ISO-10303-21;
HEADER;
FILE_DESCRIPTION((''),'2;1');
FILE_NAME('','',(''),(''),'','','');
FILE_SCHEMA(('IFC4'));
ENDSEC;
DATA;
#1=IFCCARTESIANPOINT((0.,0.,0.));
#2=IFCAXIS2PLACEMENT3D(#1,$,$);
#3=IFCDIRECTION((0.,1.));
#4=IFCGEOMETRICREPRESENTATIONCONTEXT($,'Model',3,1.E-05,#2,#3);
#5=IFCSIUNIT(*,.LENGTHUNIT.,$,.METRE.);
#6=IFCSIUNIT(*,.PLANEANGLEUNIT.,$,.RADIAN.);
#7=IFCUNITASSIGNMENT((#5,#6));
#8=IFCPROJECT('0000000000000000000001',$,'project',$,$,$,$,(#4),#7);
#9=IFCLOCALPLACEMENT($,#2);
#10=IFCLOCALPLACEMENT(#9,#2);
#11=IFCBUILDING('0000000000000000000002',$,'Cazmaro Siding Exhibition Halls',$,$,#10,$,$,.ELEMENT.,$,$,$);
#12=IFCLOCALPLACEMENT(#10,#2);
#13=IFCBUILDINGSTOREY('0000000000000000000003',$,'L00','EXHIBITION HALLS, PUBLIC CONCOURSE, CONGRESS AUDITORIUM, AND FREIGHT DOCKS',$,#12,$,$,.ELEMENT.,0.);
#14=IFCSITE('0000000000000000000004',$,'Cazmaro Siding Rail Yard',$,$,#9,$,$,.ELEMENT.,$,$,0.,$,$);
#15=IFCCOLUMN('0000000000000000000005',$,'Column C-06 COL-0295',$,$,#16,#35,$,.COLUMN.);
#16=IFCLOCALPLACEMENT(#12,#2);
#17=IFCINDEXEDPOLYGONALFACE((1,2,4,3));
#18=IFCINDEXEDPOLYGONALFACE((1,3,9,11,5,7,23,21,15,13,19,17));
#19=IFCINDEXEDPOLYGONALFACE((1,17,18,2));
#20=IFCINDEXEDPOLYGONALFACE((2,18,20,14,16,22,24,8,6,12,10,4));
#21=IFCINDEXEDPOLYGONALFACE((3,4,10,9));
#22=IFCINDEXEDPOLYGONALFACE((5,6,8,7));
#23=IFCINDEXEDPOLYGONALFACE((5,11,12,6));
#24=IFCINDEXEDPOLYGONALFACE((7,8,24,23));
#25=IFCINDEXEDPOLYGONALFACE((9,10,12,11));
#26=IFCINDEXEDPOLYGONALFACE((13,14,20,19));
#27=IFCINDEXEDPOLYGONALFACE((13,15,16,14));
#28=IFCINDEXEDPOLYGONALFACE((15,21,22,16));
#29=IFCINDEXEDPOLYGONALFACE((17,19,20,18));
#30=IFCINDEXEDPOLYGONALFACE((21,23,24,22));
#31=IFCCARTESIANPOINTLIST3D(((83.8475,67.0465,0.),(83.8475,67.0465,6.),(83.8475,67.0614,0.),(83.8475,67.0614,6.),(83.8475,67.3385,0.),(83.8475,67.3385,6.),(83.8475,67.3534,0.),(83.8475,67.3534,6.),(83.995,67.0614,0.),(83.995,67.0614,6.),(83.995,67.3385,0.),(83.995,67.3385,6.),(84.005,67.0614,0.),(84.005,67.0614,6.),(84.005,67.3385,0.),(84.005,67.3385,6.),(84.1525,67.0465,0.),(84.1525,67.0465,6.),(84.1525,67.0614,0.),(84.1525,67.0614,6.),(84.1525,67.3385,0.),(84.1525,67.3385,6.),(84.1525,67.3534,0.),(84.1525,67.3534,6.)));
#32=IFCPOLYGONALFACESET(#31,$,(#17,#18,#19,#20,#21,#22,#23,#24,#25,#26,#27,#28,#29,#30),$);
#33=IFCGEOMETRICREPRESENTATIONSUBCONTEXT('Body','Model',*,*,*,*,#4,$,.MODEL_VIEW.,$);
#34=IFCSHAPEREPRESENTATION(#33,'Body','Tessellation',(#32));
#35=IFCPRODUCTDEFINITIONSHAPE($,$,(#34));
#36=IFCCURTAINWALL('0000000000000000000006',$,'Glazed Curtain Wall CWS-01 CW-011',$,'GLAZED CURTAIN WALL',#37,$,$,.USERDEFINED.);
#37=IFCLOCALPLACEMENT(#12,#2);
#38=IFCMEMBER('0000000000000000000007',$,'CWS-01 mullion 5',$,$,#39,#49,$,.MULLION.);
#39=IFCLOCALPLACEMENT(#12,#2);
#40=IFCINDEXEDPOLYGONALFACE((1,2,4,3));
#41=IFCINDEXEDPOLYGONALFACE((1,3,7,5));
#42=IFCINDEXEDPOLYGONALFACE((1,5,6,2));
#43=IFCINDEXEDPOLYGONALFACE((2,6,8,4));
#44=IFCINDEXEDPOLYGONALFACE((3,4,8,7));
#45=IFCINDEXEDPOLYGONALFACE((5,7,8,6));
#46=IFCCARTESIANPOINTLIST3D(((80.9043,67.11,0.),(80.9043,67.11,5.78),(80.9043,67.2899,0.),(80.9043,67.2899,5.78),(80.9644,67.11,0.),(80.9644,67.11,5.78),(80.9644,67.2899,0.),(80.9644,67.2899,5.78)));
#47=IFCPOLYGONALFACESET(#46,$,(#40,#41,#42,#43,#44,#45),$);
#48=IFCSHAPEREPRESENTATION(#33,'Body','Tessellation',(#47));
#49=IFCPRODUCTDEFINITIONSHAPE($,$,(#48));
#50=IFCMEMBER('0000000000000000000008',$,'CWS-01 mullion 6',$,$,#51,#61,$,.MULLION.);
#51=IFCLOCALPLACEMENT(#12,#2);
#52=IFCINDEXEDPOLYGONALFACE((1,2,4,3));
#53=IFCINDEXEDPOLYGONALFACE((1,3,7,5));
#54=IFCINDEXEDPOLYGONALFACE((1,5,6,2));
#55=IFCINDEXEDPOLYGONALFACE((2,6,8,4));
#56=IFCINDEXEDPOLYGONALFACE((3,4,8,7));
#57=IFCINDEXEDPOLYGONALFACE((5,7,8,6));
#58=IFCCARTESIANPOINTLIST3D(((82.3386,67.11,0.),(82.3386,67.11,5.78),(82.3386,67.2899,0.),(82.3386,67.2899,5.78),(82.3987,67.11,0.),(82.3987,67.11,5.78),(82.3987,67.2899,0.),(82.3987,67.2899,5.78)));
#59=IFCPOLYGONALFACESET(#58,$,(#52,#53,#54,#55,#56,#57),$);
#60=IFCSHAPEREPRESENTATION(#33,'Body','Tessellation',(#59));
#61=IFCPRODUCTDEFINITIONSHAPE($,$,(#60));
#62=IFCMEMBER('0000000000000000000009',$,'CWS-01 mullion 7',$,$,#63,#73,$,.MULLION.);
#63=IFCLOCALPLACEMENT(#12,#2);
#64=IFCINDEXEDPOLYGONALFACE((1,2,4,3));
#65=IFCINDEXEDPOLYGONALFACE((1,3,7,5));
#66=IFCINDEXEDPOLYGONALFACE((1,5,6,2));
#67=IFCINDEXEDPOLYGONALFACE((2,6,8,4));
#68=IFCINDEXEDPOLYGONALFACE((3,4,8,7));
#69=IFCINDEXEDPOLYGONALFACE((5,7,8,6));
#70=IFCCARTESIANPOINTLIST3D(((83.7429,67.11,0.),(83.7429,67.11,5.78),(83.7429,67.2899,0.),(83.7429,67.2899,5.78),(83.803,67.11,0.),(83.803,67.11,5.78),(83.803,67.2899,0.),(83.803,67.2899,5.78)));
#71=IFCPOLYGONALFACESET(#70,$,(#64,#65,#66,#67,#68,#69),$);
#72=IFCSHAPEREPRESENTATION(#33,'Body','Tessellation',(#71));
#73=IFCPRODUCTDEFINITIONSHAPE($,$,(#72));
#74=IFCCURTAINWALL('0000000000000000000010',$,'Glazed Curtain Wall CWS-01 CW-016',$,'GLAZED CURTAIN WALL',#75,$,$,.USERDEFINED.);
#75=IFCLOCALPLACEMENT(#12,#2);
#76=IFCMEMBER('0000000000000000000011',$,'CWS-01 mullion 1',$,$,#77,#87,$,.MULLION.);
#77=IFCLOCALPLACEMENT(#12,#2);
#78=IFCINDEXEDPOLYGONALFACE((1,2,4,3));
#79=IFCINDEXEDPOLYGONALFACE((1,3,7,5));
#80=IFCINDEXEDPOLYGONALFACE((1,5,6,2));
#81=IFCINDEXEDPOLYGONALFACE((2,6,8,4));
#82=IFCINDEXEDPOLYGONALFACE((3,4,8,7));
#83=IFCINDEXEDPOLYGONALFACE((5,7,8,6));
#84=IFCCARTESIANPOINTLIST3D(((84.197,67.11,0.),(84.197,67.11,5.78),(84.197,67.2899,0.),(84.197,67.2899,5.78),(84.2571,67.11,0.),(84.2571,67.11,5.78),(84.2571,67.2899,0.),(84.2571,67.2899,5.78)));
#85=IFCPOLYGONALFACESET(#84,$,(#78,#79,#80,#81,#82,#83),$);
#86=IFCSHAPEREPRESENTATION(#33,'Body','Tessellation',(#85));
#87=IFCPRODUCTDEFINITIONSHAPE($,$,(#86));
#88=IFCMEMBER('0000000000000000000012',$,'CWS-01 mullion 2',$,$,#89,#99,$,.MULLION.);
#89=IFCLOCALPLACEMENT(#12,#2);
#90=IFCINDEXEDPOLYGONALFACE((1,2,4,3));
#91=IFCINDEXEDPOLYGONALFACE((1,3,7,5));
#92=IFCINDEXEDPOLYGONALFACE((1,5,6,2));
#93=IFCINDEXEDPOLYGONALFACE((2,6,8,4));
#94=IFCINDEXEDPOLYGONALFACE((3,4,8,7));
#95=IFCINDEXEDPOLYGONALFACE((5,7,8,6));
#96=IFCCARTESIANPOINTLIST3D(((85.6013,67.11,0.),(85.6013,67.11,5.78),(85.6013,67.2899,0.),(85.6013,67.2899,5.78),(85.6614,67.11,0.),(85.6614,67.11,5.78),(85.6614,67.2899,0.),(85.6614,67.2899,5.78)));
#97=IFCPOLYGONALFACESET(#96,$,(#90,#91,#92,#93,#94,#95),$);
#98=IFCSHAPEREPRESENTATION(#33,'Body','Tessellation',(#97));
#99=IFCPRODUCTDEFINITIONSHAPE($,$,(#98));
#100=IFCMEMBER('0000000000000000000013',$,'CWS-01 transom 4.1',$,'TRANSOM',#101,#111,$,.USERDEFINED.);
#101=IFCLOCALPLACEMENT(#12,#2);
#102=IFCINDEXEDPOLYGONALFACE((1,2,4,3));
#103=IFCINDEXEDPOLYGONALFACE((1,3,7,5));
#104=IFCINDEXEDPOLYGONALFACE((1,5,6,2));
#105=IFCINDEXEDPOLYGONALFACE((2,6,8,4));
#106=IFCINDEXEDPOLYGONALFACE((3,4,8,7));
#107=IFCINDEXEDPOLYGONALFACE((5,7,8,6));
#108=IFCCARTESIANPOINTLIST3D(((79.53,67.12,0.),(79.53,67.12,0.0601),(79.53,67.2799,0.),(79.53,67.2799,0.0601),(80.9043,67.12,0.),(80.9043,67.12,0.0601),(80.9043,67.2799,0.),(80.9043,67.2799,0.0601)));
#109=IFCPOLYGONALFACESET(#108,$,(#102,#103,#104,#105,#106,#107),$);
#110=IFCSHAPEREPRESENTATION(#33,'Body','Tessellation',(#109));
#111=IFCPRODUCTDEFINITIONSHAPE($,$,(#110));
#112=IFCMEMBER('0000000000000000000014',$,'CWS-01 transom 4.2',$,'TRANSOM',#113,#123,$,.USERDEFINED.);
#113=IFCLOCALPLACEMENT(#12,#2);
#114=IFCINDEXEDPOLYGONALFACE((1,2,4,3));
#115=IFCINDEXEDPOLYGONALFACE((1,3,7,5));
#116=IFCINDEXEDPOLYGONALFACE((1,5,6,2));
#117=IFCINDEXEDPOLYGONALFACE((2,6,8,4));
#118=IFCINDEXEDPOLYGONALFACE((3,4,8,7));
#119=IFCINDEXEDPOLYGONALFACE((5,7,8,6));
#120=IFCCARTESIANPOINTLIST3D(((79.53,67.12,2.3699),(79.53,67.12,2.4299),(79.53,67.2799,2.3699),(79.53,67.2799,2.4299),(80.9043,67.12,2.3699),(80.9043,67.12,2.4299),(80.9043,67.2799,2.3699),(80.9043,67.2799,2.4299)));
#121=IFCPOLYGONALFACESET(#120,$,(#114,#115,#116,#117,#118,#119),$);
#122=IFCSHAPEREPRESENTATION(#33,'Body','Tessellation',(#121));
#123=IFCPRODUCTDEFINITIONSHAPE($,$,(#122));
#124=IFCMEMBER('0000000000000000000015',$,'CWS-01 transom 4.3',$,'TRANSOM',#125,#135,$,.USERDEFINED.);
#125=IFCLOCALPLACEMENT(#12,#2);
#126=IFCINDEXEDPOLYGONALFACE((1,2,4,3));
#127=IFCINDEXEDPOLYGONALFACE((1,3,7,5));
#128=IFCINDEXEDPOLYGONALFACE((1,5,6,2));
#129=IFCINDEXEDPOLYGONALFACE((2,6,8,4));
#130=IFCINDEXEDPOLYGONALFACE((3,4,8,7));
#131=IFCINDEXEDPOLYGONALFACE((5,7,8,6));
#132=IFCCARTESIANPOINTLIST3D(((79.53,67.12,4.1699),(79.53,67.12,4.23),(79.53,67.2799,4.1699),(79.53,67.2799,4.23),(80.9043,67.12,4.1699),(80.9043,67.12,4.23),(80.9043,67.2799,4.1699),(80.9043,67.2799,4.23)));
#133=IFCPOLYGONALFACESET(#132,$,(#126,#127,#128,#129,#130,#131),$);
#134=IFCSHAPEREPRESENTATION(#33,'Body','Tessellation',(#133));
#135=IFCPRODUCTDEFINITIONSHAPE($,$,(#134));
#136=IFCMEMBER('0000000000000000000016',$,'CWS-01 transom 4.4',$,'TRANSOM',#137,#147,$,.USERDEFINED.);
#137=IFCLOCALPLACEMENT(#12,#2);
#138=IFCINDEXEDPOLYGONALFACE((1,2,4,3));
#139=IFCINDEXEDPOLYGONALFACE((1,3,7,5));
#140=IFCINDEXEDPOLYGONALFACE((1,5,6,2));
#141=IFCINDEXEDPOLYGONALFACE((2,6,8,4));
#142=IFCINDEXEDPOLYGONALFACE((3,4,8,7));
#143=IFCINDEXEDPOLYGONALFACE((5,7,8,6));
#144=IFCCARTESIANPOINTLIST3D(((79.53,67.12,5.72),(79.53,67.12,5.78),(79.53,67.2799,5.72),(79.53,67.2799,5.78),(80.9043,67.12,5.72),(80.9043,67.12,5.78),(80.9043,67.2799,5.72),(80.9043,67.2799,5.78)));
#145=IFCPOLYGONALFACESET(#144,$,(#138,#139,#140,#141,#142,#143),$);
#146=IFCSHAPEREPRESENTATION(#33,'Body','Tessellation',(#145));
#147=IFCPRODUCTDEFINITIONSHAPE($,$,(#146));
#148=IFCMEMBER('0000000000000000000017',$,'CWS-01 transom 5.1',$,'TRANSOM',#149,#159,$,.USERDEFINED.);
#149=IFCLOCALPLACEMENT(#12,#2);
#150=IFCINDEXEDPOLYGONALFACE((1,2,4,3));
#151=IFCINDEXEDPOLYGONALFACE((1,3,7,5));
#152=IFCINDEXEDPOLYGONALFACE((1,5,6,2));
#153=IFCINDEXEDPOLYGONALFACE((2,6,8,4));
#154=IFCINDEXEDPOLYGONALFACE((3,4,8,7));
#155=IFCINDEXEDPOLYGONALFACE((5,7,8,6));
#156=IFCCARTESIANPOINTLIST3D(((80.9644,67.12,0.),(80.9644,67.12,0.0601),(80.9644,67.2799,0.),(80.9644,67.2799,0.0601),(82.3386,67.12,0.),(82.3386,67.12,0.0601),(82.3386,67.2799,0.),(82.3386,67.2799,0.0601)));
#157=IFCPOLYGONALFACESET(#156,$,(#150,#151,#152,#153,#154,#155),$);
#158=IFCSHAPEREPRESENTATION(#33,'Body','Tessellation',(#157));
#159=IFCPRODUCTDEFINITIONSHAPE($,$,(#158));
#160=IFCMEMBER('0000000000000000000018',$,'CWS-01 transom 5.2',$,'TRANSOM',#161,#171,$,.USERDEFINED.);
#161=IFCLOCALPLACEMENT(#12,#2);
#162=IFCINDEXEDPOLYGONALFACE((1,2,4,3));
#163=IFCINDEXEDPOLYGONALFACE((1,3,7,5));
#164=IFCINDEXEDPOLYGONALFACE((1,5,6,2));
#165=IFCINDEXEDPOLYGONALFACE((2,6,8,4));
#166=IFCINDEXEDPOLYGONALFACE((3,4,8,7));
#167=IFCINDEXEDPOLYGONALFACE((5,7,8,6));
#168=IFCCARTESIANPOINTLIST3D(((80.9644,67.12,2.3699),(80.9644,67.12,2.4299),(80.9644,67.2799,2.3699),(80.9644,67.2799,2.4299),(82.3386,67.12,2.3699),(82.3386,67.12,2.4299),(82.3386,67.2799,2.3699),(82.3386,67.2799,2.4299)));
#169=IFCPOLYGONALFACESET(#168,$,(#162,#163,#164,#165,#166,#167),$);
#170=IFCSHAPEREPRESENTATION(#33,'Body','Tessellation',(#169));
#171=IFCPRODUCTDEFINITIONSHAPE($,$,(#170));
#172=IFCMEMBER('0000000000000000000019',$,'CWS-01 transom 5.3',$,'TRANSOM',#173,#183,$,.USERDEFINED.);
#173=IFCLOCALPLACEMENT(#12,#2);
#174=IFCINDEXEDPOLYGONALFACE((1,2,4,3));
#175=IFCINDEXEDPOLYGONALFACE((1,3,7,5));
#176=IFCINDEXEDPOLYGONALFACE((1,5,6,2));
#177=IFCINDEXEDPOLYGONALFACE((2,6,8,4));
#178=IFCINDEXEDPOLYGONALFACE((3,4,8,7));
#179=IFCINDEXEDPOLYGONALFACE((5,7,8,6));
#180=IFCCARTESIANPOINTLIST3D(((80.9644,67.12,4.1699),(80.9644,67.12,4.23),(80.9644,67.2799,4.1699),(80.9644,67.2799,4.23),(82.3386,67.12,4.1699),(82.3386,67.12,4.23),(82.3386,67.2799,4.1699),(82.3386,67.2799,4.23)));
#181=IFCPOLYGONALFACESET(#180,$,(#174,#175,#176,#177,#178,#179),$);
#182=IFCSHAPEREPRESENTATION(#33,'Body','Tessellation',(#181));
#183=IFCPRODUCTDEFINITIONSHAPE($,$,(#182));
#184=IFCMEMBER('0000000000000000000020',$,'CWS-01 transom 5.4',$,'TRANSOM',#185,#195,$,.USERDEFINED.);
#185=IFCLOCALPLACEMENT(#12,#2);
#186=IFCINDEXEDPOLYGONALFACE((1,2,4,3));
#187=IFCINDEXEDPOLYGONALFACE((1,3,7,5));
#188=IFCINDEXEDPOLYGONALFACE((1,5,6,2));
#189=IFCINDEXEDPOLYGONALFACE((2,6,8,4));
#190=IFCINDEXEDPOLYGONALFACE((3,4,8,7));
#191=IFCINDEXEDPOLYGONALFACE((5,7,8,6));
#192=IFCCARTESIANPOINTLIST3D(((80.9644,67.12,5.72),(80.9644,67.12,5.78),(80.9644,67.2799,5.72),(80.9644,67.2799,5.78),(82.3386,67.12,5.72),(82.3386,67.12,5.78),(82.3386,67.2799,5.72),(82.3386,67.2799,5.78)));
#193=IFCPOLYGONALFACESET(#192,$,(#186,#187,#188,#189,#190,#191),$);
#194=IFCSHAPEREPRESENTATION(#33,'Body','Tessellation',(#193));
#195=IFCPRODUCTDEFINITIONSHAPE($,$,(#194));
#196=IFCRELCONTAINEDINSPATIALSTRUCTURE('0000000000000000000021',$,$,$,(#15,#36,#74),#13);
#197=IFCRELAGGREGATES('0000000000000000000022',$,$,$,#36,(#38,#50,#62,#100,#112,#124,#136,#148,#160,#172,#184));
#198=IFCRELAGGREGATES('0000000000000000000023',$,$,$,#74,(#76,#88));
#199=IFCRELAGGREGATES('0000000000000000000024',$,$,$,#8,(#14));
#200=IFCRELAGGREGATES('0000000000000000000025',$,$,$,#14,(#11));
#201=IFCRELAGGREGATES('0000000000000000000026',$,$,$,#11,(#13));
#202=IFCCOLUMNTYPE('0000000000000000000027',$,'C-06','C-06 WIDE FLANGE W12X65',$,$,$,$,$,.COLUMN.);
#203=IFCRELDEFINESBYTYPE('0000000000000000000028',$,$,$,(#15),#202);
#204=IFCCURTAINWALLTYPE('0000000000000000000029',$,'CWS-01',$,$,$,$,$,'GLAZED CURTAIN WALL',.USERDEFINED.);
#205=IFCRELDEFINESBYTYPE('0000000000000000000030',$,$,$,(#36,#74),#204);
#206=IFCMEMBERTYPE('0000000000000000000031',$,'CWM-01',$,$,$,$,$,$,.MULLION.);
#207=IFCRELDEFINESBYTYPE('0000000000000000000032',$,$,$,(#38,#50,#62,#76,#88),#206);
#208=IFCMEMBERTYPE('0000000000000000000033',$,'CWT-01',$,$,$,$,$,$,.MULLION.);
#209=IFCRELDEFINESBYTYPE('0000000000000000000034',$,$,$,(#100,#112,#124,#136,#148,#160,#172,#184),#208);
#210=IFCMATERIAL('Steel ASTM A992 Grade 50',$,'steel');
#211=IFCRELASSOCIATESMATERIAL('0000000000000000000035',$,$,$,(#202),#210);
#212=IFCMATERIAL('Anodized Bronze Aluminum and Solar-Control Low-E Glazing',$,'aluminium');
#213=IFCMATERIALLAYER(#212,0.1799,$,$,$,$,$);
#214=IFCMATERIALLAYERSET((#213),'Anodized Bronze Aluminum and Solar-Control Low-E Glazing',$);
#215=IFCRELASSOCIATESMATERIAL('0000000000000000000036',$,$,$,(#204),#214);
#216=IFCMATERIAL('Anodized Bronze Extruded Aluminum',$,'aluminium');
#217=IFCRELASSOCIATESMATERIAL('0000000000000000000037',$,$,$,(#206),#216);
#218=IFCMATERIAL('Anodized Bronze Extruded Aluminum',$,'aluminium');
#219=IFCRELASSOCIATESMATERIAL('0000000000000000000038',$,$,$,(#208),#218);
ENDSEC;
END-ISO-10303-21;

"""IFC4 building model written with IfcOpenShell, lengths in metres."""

from ifc_helpers import new_model, si_unit, direction, frame, origin, origin_2d, place, context, subcontext, project, spatial, rectangle, i_section, extrude, material, layer, layer_set, material_profile, profile_set, type_object, element, aggregate, save


model = new_model("IFC4")

# Units and contexts
model_context = context("Model", 3, precision=1e-05, world=origin(), true_north=direction((0.0, 1.0)))
body_context = subcontext(model_context, "Body", "Model", "MODEL_VIEW")
ifc_project = project(units=[si_unit("LENGTHUNIT", "METRE"), si_unit("PLANEANGLEUNIT", "RADIAN")], contexts=[model_context])

# Site, building, storey
site_placement = place(None, origin())
site = spatial("IfcSite", under=ifc_project, at=site_placement, Name="Cazmaro Siding Rail Yard", CompositionType="ELEMENT", RefElevation=0.0)
building_placement = place(site_placement, origin())
building = spatial("IfcBuilding", under=site, at=building_placement, Name="Cazmaro Siding Exhibition Halls", CompositionType="ELEMENT")
storey_placement = place(building_placement, origin())
storey = spatial("IfcBuildingStorey", under=building, at=storey_placement, Name="L00", Description="EXHIBITION HALLS, PUBLIC CONCOURSE, CONGRESS AUDITORIUM, AND FREIGHT DOCKS", CompositionType="ELEMENT", Elevation=0.0)

# Column
ifc_material_1 = material(Name="Steel ASTM A992 Grade 50", Category="steel")
ifc_material_profile_1 = material_profile(ifc_material_1, i_section(OverallWidth=0.3049, OverallDepth=0.3069, WebThickness=0.01, FlangeThickness=0.0149, at=origin_2d()), Name="W12X65")
ifc_profile_set_1 = profile_set([ifc_material_profile_1], Name="Steel ASTM A992 Grade 50")
column_type = type_object("IfcColumnType", Name="C-06", Description="C-06 WIDE FLANGE W12X65", PredefinedType="COLUMN", material=ifc_profile_set_1)
column_placement = place(storey_placement, frame((84.0, 67.2, 0.0), z_axis=(0.0, 0.0, 1.0), x_axis=(1.0, 0.0, 0.0)))
element("IfcColumn", 1, at=column_placement, inside=storey, type_object=column_type, Name="Column C-06 COL-0295", PredefinedType="COLUMN", context=body_context, shape_type="SweptSolid", body=[
    extrude(i_section(OverallWidth=0.3049, OverallDepth=0.3069, WebThickness=0.01, FlangeThickness=0.0149, at=origin_2d()), origin(), (0.0, 0.0, 1.0), 6.0),
])

# Curtain walls, members
ifc_material_2 = material(Name="Anodized Bronze Aluminum and Solar-Control Low-E Glazing", Category="aluminium")
ifc_layer_1 = layer(ifc_material_2, 0.1799)
ifc_layer_set_1 = layer_set([ifc_layer_1], Name="Anodized Bronze Aluminum and Solar-Control Low-E Glazing")
curtain_wall_type = type_object("IfcCurtainWallType", Name="CWS-01", ElementType="GLAZED CURTAIN WALL", PredefinedType="USERDEFINED", material=ifc_layer_set_1)
curtain_wall_1_placement = place(storey_placement, origin())
curtain_wall_1 = element("IfcCurtainWall", 2, at=curtain_wall_1_placement, inside=storey, type_object=curtain_wall_type, Name="Glazed Curtain Wall CWS-01 CW-011", ObjectType="GLAZED CURTAIN WALL", PredefinedType="USERDEFINED")
ifc_material_3 = material(Name="Anodized Bronze Extruded Aluminum", Category="aluminium")
ifc_material_profile_2 = material_profile(ifc_material_3, rectangle(XDim=0.1799, YDim=0.0601, at=origin_2d()), Name="CWM-01")
ifc_profile_set_2 = profile_set([ifc_material_profile_2], Name="Anodized Bronze Extruded Aluminum")
member_type_1 = type_object("IfcMemberType", Name="CWM-01", PredefinedType="MULLION", material=ifc_profile_set_2)
member_1_placement = place(storey_placement, frame((80.9343, 67.2, 0.0), z_axis=(0.0, 0.0, 1.0), x_axis=(0.0, 1.0, 0.0)))
member_1 = element("IfcMember", 3, at=member_1_placement, type_object=member_type_1, Name="CWS-01 mullion 5", PredefinedType="MULLION", context=body_context, shape_type="SweptSolid", body=[
    extrude(rectangle(XDim=0.1799, YDim=0.0601, at=origin_2d()), origin(), (0.0, 0.0, 1.0), 5.78),
])
member_2_placement = place(storey_placement, frame((82.3687, 67.2, 0.0), z_axis=(0.0, 0.0, 1.0), x_axis=(0.0, 1.0, 0.0)))
member_2 = element("IfcMember", 4, at=member_2_placement, type_object=member_type_1, Name="CWS-01 mullion 6", PredefinedType="MULLION", context=body_context, shape_type="SweptSolid", body=[
    extrude(rectangle(XDim=0.1799, YDim=0.0601, at=origin_2d()), origin(), (0.0, 0.0, 1.0), 5.78),
])
member_3_placement = place(storey_placement, frame((83.7729, 67.2, 0.0), z_axis=(0.0, 0.0, 1.0), x_axis=(0.0, 1.0, 0.0)))
member_3 = element("IfcMember", 5, at=member_3_placement, type_object=member_type_1, Name="CWS-01 mullion 7", PredefinedType="MULLION", context=body_context, shape_type="SweptSolid", body=[
    extrude(rectangle(XDim=0.1799, YDim=0.0601, at=origin_2d()), origin(), (0.0, 0.0, 1.0), 5.78),
])
curtain_wall_2_placement = place(storey_placement, origin())
curtain_wall_2 = element("IfcCurtainWall", 6, at=curtain_wall_2_placement, inside=storey, type_object=curtain_wall_type, Name="Glazed Curtain Wall CWS-01 CW-016", ObjectType="GLAZED CURTAIN WALL", PredefinedType="USERDEFINED")
member_4_placement = place(storey_placement, frame((84.2271, 67.2, 0.0), z_axis=(0.0, 0.0, 1.0), x_axis=(0.0, 1.0, 0.0)))
member_4 = element("IfcMember", 7, at=member_4_placement, type_object=member_type_1, Name="CWS-01 mullion 1", PredefinedType="MULLION", context=body_context, shape_type="SweptSolid", body=[
    extrude(rectangle(XDim=0.1799, YDim=0.0601, at=origin_2d()), origin(), (0.0, 0.0, 1.0), 5.78),
])
member_5_placement = place(storey_placement, frame((85.6313, 67.2, 0.0), z_axis=(0.0, 0.0, 1.0), x_axis=(0.0, 1.0, 0.0)))
member_5 = element("IfcMember", 8, at=member_5_placement, type_object=member_type_1, Name="CWS-01 mullion 2", PredefinedType="MULLION", context=body_context, shape_type="SweptSolid", body=[
    extrude(rectangle(XDim=0.1799, YDim=0.0601, at=origin_2d()), origin(), (0.0, 0.0, 1.0), 5.78),
])

# Members
ifc_material_4 = material(Name="Anodized Bronze Extruded Aluminum", Category="aluminium")
ifc_material_profile_3 = material_profile(ifc_material_4, rectangle(XDim=0.1599, YDim=0.0601, at=origin_2d()), Name="CWT-01")
ifc_profile_set_3 = profile_set([ifc_material_profile_3], Name="Anodized Bronze Extruded Aluminum")
member_type_2 = type_object("IfcMemberType", Name="CWT-01", PredefinedType="MULLION", material=ifc_profile_set_3)
member_6_placement = place(storey_placement, frame((79.53, 67.2, 0.03), z_axis=(1.0, 0.0, 0.0), x_axis=(0.0, 1.0, 0.0)))
member_6 = element("IfcMember", 9, at=member_6_placement, type_object=member_type_2, Name="CWS-01 transom 4.1", ObjectType="TRANSOM", PredefinedType="USERDEFINED", context=body_context, shape_type="SweptSolid", body=[
    extrude(rectangle(XDim=0.1599, YDim=0.0601, at=origin_2d()), origin(), (0.0, 0.0, 1.0), 1.3743),
])
member_7_placement = place(storey_placement, frame((79.53, 67.2, 2.3999), z_axis=(1.0, 0.0, 0.0), x_axis=(0.0, 1.0, 0.0)))
member_7 = element("IfcMember", 10, at=member_7_placement, type_object=member_type_2, Name="CWS-01 transom 4.2", ObjectType="TRANSOM", PredefinedType="USERDEFINED", context=body_context, shape_type="SweptSolid", body=[
    extrude(rectangle(XDim=0.1599, YDim=0.0601, at=origin_2d()), origin(), (0.0, 0.0, 1.0), 1.3743),
])
member_8_placement = place(storey_placement, frame((79.53, 67.2, 4.2), z_axis=(1.0, 0.0, 0.0), x_axis=(0.0, 1.0, 0.0)))
member_8 = element("IfcMember", 11, at=member_8_placement, type_object=member_type_2, Name="CWS-01 transom 4.3", ObjectType="TRANSOM", PredefinedType="USERDEFINED", context=body_context, shape_type="SweptSolid", body=[
    extrude(rectangle(XDim=0.1599, YDim=0.0601, at=origin_2d()), origin(), (0.0, 0.0, 1.0), 1.3743),
])
member_9_placement = place(storey_placement, frame((79.53, 67.2, 5.75), z_axis=(1.0, 0.0, 0.0), x_axis=(0.0, 1.0, 0.0)))
member_9 = element("IfcMember", 12, at=member_9_placement, type_object=member_type_2, Name="CWS-01 transom 4.4", ObjectType="TRANSOM", PredefinedType="USERDEFINED", context=body_context, shape_type="SweptSolid", body=[
    extrude(rectangle(XDim=0.1599, YDim=0.0601, at=origin_2d()), origin(), (0.0, 0.0, 1.0), 1.3743),
])
member_10_placement = place(storey_placement, frame((80.9644, 67.2, 0.03), z_axis=(1.0, 0.0, 0.0), x_axis=(0.0, 1.0, 0.0)))
member_10 = element("IfcMember", 13, at=member_10_placement, type_object=member_type_2, Name="CWS-01 transom 5.1", ObjectType="TRANSOM", PredefinedType="USERDEFINED", context=body_context, shape_type="SweptSolid", body=[
    extrude(rectangle(XDim=0.1599, YDim=0.0601, at=origin_2d()), origin(), (0.0, 0.0, 1.0), 1.3743),
])
member_11_placement = place(storey_placement, frame((80.9644, 67.2, 2.3999), z_axis=(1.0, 0.0, 0.0), x_axis=(0.0, 1.0, 0.0)))
member_11 = element("IfcMember", 14, at=member_11_placement, type_object=member_type_2, Name="CWS-01 transom 5.2", ObjectType="TRANSOM", PredefinedType="USERDEFINED", context=body_context, shape_type="SweptSolid", body=[
    extrude(rectangle(XDim=0.1599, YDim=0.0601, at=origin_2d()), origin(), (0.0, 0.0, 1.0), 1.3743),
])
member_12_placement = place(storey_placement, frame((80.9644, 67.2, 4.2), z_axis=(1.0, 0.0, 0.0), x_axis=(0.0, 1.0, 0.0)))
member_12 = element("IfcMember", 15, at=member_12_placement, type_object=member_type_2, Name="CWS-01 transom 5.3", ObjectType="TRANSOM", PredefinedType="USERDEFINED", context=body_context, shape_type="SweptSolid", body=[
    extrude(rectangle(XDim=0.1599, YDim=0.0601, at=origin_2d()), origin(), (0.0, 0.0, 1.0), 1.3743),
])
member_13_placement = place(storey_placement, frame((80.9644, 67.2, 5.75), z_axis=(1.0, 0.0, 0.0), x_axis=(0.0, 1.0, 0.0)))
member_13 = element("IfcMember", 16, at=member_13_placement, type_object=member_type_2, Name="CWS-01 transom 5.4", ObjectType="TRANSOM", PredefinedType="USERDEFINED", context=body_context, shape_type="SweptSolid", body=[
    extrude(rectangle(XDim=0.1599, YDim=0.0601, at=origin_2d()), origin(), (0.0, 0.0, 1.0), 1.3743),
])

aggregate(curtain_wall_1, [member_1, member_2, member_3, member_6, member_7, member_8, member_9, member_10, member_11, member_12, member_13])
aggregate(curtain_wall_2, [member_4, member_5])

save(model, "model.ifc")
